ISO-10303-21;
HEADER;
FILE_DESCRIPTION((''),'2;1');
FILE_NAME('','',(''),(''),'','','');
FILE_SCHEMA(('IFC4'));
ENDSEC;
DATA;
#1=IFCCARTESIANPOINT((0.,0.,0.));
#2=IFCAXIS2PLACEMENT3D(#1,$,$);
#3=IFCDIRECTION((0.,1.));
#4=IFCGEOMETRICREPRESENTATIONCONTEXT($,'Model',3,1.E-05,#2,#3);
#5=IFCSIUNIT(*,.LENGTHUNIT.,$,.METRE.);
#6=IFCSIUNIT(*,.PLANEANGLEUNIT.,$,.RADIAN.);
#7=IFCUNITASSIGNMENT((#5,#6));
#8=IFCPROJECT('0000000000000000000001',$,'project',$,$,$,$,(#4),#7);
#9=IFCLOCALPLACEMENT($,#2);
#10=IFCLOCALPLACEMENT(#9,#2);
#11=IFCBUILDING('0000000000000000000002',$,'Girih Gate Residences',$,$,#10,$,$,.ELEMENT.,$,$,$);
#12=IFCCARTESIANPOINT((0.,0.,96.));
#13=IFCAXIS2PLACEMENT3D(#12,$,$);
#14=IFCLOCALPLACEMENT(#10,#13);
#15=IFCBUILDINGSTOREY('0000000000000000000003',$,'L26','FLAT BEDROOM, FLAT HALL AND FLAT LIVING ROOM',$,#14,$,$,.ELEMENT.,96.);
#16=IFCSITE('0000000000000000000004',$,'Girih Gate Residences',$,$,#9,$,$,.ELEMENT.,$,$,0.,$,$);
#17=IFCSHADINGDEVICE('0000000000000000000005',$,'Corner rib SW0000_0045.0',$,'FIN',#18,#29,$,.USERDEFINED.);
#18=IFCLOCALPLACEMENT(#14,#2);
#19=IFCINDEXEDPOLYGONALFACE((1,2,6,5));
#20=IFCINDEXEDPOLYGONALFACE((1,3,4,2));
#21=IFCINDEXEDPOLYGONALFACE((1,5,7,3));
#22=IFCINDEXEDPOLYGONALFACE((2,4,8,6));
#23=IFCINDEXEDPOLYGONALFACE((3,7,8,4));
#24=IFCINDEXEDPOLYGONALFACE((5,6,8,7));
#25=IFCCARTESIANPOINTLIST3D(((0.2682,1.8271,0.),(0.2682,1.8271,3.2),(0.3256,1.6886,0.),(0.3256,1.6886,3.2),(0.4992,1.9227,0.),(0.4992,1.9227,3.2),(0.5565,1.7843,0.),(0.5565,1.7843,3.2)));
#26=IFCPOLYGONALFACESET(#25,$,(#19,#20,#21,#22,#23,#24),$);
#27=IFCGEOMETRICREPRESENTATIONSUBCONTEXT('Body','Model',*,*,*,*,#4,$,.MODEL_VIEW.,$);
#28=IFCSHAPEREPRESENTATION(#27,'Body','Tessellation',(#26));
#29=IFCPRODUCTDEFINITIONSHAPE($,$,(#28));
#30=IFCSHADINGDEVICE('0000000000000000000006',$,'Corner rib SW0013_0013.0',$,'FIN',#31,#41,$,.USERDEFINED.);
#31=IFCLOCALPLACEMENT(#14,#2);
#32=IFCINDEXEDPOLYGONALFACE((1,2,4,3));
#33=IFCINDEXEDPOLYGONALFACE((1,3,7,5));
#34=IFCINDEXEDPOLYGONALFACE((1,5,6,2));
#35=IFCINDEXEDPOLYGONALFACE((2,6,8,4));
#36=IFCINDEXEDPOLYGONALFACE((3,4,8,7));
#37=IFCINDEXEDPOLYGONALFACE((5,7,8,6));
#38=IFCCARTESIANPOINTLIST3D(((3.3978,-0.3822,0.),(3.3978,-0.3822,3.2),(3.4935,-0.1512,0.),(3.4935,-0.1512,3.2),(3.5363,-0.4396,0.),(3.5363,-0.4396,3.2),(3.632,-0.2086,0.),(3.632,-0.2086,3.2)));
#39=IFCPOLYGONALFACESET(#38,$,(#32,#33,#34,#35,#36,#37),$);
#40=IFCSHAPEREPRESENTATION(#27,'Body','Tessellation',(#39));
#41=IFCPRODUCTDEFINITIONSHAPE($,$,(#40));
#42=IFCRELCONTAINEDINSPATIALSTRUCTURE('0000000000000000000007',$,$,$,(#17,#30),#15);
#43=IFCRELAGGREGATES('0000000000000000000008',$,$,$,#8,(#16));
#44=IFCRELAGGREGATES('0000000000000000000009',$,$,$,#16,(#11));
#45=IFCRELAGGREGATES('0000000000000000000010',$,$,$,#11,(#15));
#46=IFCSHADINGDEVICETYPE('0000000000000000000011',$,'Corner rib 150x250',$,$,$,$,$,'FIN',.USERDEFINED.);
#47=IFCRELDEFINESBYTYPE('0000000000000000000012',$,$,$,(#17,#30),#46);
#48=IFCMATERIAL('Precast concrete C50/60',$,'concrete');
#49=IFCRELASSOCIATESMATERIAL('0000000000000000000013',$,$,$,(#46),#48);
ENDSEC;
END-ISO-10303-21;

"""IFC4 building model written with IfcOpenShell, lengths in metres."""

from ifc_helpers import new_model, si_unit, direction, frame, origin, origin_2d, place, context, subcontext, project, spatial, rectangle, extrude, material, type_object, element, save


model = new_model("IFC4")

# Units and contexts
model_context = context("Model", 3, precision=1e-05, world=origin(), true_north=direction((0.0, 1.0)))
body_context = subcontext(model_context, "Body", "Model", "MODEL_VIEW")
ifc_project = project(units=[si_unit("LENGTHUNIT", "METRE"), si_unit("PLANEANGLEUNIT", "RADIAN")], contexts=[model_context])

# Site, building, storey
site_placement = place(None, origin())
site = spatial("IfcSite", under=ifc_project, at=site_placement, Name="Girih Gate Residences", CompositionType="ELEMENT", RefElevation=0.0)
building_placement = place(site_placement, origin())
building = spatial("IfcBuilding", under=site, at=building_placement, Name="Girih Gate Residences", CompositionType="ELEMENT")
storey_placement = place(building_placement, frame((0.0, 0.0, 96.0)))
storey = spatial("IfcBuildingStorey", under=building, at=storey_placement, Name="L26", Description="FLAT BEDROOM, FLAT HALL AND FLAT LIVING ROOM", CompositionType="ELEMENT", Elevation=96.0)

# Shared definitions
ifc_material_1 = material(Name="Precast concrete C50/60", Category="concrete")

# Shading devices
shading_device_type = type_object("IfcShadingDeviceType", Name="Corner rib 150x250", ElementType="FIN", PredefinedType="USERDEFINED", material=ifc_material_1)
for number, where, z_axis, x_axis, name in (
    (1, (0.4124, 1.8057, 0.0), (0.0, 0.0, 1.0), (0.382683, -0.92388, 0.0), "Corner rib SW0000_0045.0"),
    (2, (3.5149, -0.2954, 0.0), (0.0, 0.0, 1.0), (0.92388, -0.382683, 0.0), "Corner rib SW0013_0013.0"),
):
    element("IfcShadingDevice", number, at=place(storey_placement, frame(where, z_axis=z_axis, x_axis=x_axis)), inside=storey, type_object=shading_device_type, Name=name, ObjectType="FIN", PredefinedType="USERDEFINED", context=body_context, shape_type="SweptSolid", body=[
        extrude(rectangle(XDim=0.1499, YDim=0.25, at=origin_2d()), origin(), (0.0, 0.0, 1.0), 3.2),
    ])

save(model, "model.ifc")
